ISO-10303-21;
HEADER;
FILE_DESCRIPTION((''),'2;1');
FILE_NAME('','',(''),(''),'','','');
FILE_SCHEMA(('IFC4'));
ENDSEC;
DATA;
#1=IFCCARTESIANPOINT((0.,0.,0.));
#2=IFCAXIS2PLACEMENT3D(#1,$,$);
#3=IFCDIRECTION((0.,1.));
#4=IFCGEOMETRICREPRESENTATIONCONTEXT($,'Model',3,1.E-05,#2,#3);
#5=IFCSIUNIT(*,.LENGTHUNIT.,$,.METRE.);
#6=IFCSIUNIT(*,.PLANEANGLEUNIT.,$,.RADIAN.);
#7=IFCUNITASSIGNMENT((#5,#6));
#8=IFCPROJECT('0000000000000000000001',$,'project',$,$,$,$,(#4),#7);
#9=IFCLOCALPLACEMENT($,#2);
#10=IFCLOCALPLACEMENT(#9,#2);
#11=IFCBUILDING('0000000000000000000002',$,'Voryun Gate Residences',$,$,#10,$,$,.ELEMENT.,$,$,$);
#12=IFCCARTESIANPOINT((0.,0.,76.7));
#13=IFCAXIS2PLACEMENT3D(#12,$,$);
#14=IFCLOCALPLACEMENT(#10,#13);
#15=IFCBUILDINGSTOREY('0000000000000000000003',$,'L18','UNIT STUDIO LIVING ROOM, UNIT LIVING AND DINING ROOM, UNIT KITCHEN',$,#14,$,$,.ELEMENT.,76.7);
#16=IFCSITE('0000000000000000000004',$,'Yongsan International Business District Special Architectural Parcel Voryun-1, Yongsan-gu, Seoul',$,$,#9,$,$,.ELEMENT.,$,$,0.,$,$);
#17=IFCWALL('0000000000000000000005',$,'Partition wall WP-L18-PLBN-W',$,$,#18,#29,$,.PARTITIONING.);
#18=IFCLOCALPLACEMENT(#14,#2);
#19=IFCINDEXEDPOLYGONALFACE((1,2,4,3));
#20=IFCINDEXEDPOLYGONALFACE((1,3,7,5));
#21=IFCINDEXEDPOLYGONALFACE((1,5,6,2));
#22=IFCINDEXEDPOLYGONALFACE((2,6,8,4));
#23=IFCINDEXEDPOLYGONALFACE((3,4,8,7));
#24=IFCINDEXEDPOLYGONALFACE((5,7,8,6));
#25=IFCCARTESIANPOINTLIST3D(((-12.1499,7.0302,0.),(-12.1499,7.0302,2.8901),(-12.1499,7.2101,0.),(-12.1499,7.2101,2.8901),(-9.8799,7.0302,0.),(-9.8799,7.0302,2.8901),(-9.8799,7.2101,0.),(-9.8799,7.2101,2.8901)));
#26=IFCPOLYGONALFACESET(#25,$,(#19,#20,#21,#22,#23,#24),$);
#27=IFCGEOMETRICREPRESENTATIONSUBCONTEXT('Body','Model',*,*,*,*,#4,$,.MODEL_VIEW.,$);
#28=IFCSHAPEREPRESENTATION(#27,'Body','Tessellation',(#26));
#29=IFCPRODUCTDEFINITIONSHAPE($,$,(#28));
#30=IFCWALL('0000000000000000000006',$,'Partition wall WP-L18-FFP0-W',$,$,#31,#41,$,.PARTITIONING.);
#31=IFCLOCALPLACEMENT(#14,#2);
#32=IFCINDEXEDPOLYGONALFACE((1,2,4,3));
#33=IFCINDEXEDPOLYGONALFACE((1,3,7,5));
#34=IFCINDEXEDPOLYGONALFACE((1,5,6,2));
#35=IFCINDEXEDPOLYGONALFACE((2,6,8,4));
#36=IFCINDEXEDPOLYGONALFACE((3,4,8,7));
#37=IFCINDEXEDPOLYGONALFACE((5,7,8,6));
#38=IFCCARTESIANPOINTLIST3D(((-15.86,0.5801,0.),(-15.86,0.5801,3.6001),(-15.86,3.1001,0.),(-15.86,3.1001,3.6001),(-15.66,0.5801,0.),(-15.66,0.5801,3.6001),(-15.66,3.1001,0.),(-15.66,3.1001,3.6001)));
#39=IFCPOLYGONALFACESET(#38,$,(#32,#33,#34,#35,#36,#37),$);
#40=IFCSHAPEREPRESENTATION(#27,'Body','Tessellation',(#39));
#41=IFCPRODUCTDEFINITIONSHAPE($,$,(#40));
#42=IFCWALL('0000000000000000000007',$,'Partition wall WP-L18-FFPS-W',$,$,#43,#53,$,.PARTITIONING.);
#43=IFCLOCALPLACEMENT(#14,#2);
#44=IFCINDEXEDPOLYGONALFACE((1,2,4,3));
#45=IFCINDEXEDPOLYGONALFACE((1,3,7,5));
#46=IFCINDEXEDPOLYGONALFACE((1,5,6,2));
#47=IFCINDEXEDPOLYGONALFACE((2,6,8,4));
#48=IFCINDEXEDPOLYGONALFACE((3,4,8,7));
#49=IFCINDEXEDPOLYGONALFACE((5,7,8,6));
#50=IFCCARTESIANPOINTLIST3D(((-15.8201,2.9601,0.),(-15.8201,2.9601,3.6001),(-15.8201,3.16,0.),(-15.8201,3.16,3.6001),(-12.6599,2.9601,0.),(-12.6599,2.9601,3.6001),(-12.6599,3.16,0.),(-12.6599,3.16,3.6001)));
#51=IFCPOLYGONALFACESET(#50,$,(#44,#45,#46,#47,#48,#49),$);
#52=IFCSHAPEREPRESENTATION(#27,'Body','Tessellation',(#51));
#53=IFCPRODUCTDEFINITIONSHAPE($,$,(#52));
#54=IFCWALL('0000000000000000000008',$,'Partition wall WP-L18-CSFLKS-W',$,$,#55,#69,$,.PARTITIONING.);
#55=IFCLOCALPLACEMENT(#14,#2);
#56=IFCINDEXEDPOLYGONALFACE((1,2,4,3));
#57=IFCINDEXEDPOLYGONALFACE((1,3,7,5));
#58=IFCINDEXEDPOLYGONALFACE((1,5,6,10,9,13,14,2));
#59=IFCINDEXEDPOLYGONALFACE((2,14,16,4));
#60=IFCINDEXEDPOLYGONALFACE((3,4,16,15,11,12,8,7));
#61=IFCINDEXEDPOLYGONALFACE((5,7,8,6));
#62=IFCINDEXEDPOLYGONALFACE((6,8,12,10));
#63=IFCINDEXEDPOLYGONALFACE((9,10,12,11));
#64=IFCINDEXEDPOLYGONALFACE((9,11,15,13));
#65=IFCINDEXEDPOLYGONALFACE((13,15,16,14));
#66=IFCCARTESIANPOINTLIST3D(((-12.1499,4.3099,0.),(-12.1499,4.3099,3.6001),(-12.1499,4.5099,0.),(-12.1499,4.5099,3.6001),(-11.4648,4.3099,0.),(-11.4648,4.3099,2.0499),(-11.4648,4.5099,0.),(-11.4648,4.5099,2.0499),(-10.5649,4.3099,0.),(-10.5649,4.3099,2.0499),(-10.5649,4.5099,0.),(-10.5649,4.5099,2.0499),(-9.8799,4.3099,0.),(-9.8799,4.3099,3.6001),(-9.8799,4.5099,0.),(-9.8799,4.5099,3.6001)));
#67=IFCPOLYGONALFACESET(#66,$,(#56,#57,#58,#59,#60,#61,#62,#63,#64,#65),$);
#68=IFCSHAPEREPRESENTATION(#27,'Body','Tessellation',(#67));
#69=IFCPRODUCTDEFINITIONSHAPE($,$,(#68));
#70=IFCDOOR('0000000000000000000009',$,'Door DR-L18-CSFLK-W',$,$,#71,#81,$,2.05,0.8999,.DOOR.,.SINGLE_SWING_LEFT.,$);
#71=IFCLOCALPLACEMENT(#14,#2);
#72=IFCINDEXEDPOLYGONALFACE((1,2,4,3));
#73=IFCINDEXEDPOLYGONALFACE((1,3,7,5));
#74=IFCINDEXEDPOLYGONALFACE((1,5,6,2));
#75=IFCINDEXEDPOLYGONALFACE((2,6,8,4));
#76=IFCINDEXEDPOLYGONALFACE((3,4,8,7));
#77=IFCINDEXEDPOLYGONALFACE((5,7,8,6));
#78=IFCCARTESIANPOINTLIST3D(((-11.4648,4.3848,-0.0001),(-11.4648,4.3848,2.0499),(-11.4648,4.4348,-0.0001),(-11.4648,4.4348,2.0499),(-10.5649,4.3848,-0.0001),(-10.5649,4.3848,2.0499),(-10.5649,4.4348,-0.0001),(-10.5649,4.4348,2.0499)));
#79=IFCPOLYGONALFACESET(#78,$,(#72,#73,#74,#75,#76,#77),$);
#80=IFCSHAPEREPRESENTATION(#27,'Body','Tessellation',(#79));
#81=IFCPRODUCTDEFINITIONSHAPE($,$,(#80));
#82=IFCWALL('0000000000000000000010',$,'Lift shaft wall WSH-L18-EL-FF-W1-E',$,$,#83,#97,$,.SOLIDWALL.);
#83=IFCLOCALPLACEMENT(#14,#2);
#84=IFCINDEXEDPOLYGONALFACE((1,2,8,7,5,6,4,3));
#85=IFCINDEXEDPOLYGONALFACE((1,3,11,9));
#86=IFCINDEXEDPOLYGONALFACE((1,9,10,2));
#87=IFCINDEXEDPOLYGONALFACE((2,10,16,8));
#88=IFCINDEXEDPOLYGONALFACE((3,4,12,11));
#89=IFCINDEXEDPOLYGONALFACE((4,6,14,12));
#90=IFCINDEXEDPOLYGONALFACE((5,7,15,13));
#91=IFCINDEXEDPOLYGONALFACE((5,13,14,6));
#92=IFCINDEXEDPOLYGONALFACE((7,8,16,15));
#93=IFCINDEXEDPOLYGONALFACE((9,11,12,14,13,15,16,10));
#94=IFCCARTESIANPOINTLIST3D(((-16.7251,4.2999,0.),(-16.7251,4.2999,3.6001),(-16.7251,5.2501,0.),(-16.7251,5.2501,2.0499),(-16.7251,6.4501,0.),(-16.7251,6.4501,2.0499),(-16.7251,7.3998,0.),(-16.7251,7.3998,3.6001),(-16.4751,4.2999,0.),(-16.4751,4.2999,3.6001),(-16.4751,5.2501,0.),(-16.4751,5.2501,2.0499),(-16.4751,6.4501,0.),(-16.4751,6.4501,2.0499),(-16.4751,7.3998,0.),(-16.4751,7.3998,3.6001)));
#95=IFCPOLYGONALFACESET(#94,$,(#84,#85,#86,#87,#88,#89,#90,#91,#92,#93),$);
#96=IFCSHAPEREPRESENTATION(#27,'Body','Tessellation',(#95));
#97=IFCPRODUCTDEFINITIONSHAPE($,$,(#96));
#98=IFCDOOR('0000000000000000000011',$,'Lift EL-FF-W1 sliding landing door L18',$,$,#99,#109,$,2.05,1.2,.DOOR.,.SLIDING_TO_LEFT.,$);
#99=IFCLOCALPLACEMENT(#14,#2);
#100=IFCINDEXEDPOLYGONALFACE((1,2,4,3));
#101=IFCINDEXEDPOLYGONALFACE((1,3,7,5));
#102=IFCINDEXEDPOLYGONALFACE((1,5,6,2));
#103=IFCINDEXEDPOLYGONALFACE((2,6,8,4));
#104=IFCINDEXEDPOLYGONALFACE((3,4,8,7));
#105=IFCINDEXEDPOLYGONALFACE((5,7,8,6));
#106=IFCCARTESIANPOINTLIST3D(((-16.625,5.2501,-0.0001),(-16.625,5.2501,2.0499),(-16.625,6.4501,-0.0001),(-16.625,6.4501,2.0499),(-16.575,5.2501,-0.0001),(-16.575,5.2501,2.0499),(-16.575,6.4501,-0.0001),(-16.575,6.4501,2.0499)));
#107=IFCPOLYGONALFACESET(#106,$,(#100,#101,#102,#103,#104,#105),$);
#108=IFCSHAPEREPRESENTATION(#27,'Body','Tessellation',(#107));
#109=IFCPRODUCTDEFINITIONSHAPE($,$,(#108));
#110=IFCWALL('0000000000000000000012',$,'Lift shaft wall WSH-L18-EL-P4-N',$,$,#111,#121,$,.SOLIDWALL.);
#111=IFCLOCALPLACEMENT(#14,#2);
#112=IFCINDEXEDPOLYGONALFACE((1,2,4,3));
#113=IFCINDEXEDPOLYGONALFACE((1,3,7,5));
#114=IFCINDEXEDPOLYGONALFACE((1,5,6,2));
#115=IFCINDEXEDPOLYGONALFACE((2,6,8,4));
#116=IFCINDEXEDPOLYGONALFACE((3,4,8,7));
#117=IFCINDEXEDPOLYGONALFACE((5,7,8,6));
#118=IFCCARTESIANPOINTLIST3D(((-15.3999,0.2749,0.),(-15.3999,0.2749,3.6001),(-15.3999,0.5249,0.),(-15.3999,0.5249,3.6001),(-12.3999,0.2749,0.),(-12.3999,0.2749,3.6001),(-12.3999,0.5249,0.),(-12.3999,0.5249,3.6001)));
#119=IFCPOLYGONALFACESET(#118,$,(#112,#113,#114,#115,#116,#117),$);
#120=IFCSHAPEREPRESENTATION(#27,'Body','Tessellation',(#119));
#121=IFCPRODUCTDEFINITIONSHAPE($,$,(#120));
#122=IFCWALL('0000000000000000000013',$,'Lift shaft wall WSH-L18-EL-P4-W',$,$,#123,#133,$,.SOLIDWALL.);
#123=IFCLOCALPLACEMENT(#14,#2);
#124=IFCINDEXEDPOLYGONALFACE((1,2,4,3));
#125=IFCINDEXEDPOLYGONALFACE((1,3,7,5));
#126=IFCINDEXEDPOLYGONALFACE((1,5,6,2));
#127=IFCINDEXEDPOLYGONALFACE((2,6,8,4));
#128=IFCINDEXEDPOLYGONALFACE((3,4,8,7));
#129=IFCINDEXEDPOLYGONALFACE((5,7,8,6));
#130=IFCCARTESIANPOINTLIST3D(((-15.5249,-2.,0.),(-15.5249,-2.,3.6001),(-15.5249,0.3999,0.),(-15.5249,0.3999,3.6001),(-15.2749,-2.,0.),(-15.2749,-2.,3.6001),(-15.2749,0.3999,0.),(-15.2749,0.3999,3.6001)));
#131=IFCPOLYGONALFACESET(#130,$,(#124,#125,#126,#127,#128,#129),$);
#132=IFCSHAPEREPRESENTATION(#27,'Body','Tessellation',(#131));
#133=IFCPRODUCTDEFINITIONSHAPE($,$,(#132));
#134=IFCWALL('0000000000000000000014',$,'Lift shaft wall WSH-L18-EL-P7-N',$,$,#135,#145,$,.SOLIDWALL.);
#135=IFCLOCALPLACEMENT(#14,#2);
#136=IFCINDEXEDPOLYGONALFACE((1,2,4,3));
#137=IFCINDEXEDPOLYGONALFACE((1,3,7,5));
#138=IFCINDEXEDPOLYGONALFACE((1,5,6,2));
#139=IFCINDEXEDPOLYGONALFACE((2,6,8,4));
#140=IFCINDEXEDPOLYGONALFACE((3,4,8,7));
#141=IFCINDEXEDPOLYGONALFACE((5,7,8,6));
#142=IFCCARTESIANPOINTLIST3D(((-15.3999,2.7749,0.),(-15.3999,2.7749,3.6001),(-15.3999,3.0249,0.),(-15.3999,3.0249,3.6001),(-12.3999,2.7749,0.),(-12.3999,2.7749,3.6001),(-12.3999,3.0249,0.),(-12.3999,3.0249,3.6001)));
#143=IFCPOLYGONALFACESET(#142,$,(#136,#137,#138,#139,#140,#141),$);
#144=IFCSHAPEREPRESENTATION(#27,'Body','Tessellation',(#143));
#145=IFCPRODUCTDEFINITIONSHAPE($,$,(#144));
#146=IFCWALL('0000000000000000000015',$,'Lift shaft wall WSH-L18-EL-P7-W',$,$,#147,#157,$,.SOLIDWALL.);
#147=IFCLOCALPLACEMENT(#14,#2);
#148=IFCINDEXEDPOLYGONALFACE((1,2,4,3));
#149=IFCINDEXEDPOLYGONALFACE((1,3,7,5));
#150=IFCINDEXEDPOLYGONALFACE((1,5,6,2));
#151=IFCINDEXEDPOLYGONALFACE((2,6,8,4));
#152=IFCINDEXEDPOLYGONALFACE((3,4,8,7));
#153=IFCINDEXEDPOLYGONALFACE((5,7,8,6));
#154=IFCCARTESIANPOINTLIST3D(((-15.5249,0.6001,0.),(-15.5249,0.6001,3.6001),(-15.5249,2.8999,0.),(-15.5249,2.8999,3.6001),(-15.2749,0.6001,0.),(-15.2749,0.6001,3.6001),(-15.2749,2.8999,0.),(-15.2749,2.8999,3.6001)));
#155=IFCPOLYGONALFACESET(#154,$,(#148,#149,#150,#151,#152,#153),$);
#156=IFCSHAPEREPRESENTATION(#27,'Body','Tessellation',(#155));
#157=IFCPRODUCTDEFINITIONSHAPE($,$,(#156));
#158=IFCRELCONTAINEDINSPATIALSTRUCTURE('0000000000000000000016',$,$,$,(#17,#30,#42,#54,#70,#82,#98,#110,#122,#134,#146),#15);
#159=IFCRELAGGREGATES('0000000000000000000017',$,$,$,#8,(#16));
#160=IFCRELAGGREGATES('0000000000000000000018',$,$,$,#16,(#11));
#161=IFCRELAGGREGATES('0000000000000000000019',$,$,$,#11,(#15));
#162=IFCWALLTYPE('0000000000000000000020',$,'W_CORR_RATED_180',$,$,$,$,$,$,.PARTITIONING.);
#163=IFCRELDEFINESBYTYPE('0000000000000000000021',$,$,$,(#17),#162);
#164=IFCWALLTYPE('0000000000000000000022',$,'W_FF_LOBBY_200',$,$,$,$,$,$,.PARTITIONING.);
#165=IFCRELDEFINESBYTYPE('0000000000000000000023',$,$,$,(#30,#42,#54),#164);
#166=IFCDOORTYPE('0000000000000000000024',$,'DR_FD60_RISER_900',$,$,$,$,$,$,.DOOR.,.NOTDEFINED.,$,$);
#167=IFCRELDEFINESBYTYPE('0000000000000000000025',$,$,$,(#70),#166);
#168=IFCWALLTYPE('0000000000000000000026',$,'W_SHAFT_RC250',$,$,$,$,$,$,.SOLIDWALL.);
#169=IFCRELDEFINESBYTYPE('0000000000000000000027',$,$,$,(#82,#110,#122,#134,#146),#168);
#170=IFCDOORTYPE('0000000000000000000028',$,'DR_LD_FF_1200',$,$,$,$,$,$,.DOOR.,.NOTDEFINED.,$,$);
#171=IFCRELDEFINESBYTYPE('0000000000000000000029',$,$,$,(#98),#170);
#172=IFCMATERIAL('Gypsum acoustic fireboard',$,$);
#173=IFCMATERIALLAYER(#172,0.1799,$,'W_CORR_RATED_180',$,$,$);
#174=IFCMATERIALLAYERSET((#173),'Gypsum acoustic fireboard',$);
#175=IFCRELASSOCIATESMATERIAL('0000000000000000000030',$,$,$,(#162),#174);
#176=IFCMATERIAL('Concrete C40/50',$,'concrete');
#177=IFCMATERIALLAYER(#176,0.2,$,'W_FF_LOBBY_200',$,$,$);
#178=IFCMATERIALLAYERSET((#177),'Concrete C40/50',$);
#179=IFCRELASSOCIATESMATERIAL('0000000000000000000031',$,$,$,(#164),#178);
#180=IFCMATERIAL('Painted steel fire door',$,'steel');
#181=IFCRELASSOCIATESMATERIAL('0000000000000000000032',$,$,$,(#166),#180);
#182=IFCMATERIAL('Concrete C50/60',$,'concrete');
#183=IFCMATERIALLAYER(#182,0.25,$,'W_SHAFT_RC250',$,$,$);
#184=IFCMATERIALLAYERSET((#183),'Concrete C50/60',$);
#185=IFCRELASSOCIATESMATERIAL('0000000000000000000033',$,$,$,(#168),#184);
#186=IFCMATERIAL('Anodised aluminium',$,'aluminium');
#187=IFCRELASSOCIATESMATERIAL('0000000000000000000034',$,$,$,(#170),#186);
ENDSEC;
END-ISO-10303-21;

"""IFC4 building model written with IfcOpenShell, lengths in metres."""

from ifc_helpers import new_model, si_unit, direction, frame, frame_2d, origin, place, context, subcontext, project, spatial, rectangle, extrude, material, layer, layer_set, type_object, element, fill, save


model = new_model("IFC4")

# Units and contexts
model_context = context("Model", 3, precision=1e-05, world=origin(), true_north=direction((0.0, 1.0)))
body_context = subcontext(model_context, "Body", "Model", "MODEL_VIEW")
ifc_project = project(units=[si_unit("LENGTHUNIT", "METRE"), si_unit("PLANEANGLEUNIT", "RADIAN")], contexts=[model_context])

# Site, building, storey
site_placement = place(None, origin())
site = spatial("IfcSite", under=ifc_project, at=site_placement, Name="Yongsan International Business District Special Architectural Parcel Voryun-1, Yongsan-gu, Seoul", CompositionType="ELEMENT", RefElevation=0.0)
building_placement = place(site_placement, origin())
building = spatial("IfcBuilding", under=site, at=building_placement, Name="Voryun Gate Residences", CompositionType="ELEMENT")
storey_placement = place(building_placement, frame((0.0, 0.0, 76.7)))
storey = spatial("IfcBuildingStorey", under=building, at=storey_placement, Name="L18", Description="UNIT STUDIO LIVING ROOM, UNIT LIVING AND DINING ROOM, UNIT KITCHEN", CompositionType="ELEMENT", Elevation=76.7)

# Shared definitions
ifc_material_1 = material(Name="Gypsum acoustic fireboard")
ifc_layer_1 = layer(ifc_material_1, 0.1799, Name="W_CORR_RATED_180")
ifc_layer_set_1 = layer_set([ifc_layer_1], Name="Gypsum acoustic fireboard")
wall_type_1 = type_object("IfcWallType", Name="W_CORR_RATED_180", PredefinedType="PARTITIONING", material=ifc_layer_set_1)

# Walls
wall_1_placement = place(storey_placement, frame((-12.1499, 7.1201, 0.0), z_axis=(0.0, 0.0, 1.0), x_axis=(1.0, 0.0, 0.0)))
element("IfcWall", 1, at=wall_1_placement, inside=storey, type_object=wall_type_1, Name="Partition wall WP-L18-PLBN-W", PredefinedType="PARTITIONING", context=body_context, shape_type="SweptSolid", body=[
    extrude(rectangle(XDim=2.27, YDim=0.1799, at=frame_2d((1.135, 0.0))), origin(), (0.0, 0.0, 1.0), 2.8901),
])
ifc_material_2 = material(Name="Concrete C40/50", Category="concrete")
ifc_layer_2 = layer(ifc_material_2, 0.2, Name="W_FF_LOBBY_200")
ifc_layer_set_2 = layer_set([ifc_layer_2], Name="Concrete C40/50")
wall_type_2 = type_object("IfcWallType", Name="W_FF_LOBBY_200", PredefinedType="PARTITIONING", material=ifc_layer_set_2)
wall_2_placement = place(storey_placement, frame((-15.76, 0.5801, 0.0), z_axis=(0.0, 0.0, 1.0), x_axis=(0.0, 1.0, 0.0)))
element("IfcWall", 2, at=wall_2_placement, inside=storey, type_object=wall_type_2, Name="Partition wall WP-L18-FFP0-W", PredefinedType="PARTITIONING", context=body_context, shape_type="SweptSolid", body=[
    extrude(rectangle(XDim=2.52, YDim=0.2, at=frame_2d((1.26, 0.0))), origin(), (0.0, 0.0, 1.0), 3.6001),
])
wall_3_placement = place(storey_placement, frame((-15.8201, 3.0601, 0.0), z_axis=(0.0, 0.0, 1.0), x_axis=(1.0, 0.0, 0.0)))
element("IfcWall", 3, at=wall_3_placement, inside=storey, type_object=wall_type_2, Name="Partition wall WP-L18-FFPS-W", PredefinedType="PARTITIONING", context=body_context, shape_type="SweptSolid", body=[
    extrude(rectangle(XDim=3.1602, YDim=0.2, at=frame_2d((1.5801, 0.0))), origin(), (0.0, 0.0, 1.0), 3.6001),
])

# Walls, openings, doors
wall_4_placement = place(storey_placement, frame((-12.1499, 4.4099, 0.0), z_axis=(0.0, 0.0, 1.0), x_axis=(1.0, 0.0, 0.0)))
wall_4 = element("IfcWall", 4, at=wall_4_placement, inside=storey, type_object=wall_type_2, Name="Partition wall WP-L18-CSFLKS-W", PredefinedType="PARTITIONING", context=body_context, shape_type="SweptSolid", body=[
    extrude(rectangle(XDim=2.27, YDim=0.2, at=frame_2d((1.135, 0.0))), origin(), (0.0, 0.0, 1.0), 3.6001),
])
opening_1_placement = place(wall_4_placement, frame((0.6851, 0.0, 0.0)))
opening_1 = element("IfcOpeningElement", 5, at=opening_1_placement, cuts=wall_4, PredefinedType="OPENING", context=body_context, shape_type="SweptSolid", body=[
    extrude(rectangle(XDim=0.8999, YDim=2.05, at=frame_2d((0.45, 1.0249))), frame((0.0, 0.1101, 0.0), z_axis=(0.0, -1.0, 0.0), x_axis=(1.0, 0.0, 0.0)), (0.0, 0.0, 1.0), 0.22),
])
ifc_material_3 = material(Name="Painted steel fire door", Category="steel")
door_type_1 = type_object("IfcDoorType", Name="DR_FD60_RISER_900", OperationType="NOTDEFINED", PredefinedType="DOOR", material=ifc_material_3)
door_1_placement = place(opening_1_placement, origin())
door_1 = element("IfcDoor", 6, at=door_1_placement, inside=storey, type_object=door_type_1, Name="Door DR-L18-CSFLK-W", OperationType="SINGLE_SWING_LEFT", OverallHeight=2.05, OverallWidth=0.8999, PredefinedType="DOOR", context=body_context, shape_type="SweptSolid", body=[
    extrude(rectangle(XDim=0.8999, YDim=2.05, at=frame_2d((0.45, 1.0249))), frame((0.0, 0.0249, 0.0), z_axis=(0.0, -1.0, 0.0), x_axis=(1.0, 0.0, 0.0)), (0.0, 0.0, 1.0), 0.05),
])
fill(opening_1, door_1)
ifc_material_4 = material(Name="Concrete C50/60", Category="concrete")
ifc_layer_3 = layer(ifc_material_4, 0.25, Name="W_SHAFT_RC250")
ifc_layer_set_3 = layer_set([ifc_layer_3], Name="Concrete C50/60")
wall_type_3 = type_object("IfcWallType", Name="W_SHAFT_RC250", PredefinedType="SOLIDWALL", material=ifc_layer_set_3)
wall_5_placement = place(storey_placement, frame((-16.6001, 4.3, 0.0), z_axis=(0.0, 0.0, 1.0), x_axis=(0.0, 1.0, 0.0)))
wall_5 = element("IfcWall", 7, at=wall_5_placement, inside=storey, type_object=wall_type_3, Name="Lift shaft wall WSH-L18-EL-FF-W1-E", PredefinedType="SOLIDWALL", context=body_context, shape_type="SweptSolid", body=[
    extrude(rectangle(XDim=3.0999, YDim=0.25, at=frame_2d((1.5498, 0.0))), origin(), (0.0, 0.0, 1.0), 3.6001),
])
opening_2_placement = place(wall_5_placement, frame((0.95, 0.0, 0.0)))
opening_2 = element("IfcOpeningElement", 8, at=opening_2_placement, cuts=wall_5, PredefinedType="OPENING", context=body_context, shape_type="SweptSolid", body=[
    extrude(rectangle(XDim=1.2, YDim=2.05, at=frame_2d((0.6001, 1.0249))), frame((0.0, 0.135, 0.0), z_axis=(0.0, -1.0, 0.0), x_axis=(1.0, 0.0, 0.0)), (0.0, 0.0, 1.0), 0.27),
])
ifc_material_5 = material(Name="Anodised aluminium", Category="aluminium")
door_type_2 = type_object("IfcDoorType", Name="DR_LD_FF_1200", OperationType="NOTDEFINED", PredefinedType="DOOR", material=ifc_material_5)
door_2_placement = place(opening_2_placement, origin())
door_2 = element("IfcDoor", 9, at=door_2_placement, inside=storey, type_object=door_type_2, Name="Lift EL-FF-W1 sliding landing door L18", OperationType="SLIDING_TO_LEFT", OverallHeight=2.05, OverallWidth=1.2, PredefinedType="DOOR", context=body_context, shape_type="SweptSolid", body=[
    extrude(rectangle(XDim=1.2, YDim=2.05, at=frame_2d((0.6001, 1.0249))), frame((0.0, 0.0249, 0.0), z_axis=(0.0, -1.0, 0.0), x_axis=(1.0, 0.0, 0.0)), (0.0, 0.0, 1.0), 0.05),
])
fill(opening_2, door_2)

# Walls
wall_6_placement = place(storey_placement, frame((-12.3999, 0.3999, 0.0), z_axis=(0.0, 0.0, 1.0), x_axis=(-1.0, 0.0, 0.0)))
element("IfcWall", 10, at=wall_6_placement, inside=storey, type_object=wall_type_3, Name="Lift shaft wall WSH-L18-EL-P4-N", PredefinedType="SOLIDWALL", context=body_context, shape_type="SweptSolid", body=[
    extrude(rectangle(XDim=3.0, YDim=0.25, at=frame_2d((1.5, 0.0))), origin(), (0.0, 0.0, 1.0), 3.6001),
])
wall_7_placement = place(storey_placement, frame((-15.3999, 0.3999, 0.0), z_axis=(0.0, 0.0, 1.0), x_axis=(0.0, -1.0, 0.0)))
element("IfcWall", 11, at=wall_7_placement, inside=storey, type_object=wall_type_3, Name="Lift shaft wall WSH-L18-EL-P4-W", PredefinedType="SOLIDWALL", context=body_context, shape_type="SweptSolid", body=[
    extrude(rectangle(XDim=2.3999, YDim=0.25, at=frame_2d((1.2, 0.0))), origin(), (0.0, 0.0, 1.0), 3.6001),
])
wall_8_placement = place(storey_placement, frame((-12.3999, 2.8999, 0.0), z_axis=(0.0, 0.0, 1.0), x_axis=(-1.0, 0.0, 0.0)))
element("IfcWall", 12, at=wall_8_placement, inside=storey, type_object=wall_type_3, Name="Lift shaft wall WSH-L18-EL-P7-N", PredefinedType="SOLIDWALL", context=body_context, shape_type="SweptSolid", body=[
    extrude(rectangle(XDim=3.0, YDim=0.25, at=frame_2d((1.5, 0.0))), origin(), (0.0, 0.0, 1.0), 3.6001),
])
wall_9_placement = place(storey_placement, frame((-15.3999, 2.8999, 0.0), z_axis=(0.0, 0.0, 1.0), x_axis=(0.0, -1.0, 0.0)))
element("IfcWall", 13, at=wall_9_placement, inside=storey, type_object=wall_type_3, Name="Lift shaft wall WSH-L18-EL-P7-W", PredefinedType="SOLIDWALL", context=body_context, shape_type="SweptSolid", body=[
    extrude(rectangle(XDim=2.2998, YDim=0.25, at=frame_2d((1.1499, 0.0))), origin(), (0.0, 0.0, 1.0), 3.6001),
])

save(model, "model.ifc")
